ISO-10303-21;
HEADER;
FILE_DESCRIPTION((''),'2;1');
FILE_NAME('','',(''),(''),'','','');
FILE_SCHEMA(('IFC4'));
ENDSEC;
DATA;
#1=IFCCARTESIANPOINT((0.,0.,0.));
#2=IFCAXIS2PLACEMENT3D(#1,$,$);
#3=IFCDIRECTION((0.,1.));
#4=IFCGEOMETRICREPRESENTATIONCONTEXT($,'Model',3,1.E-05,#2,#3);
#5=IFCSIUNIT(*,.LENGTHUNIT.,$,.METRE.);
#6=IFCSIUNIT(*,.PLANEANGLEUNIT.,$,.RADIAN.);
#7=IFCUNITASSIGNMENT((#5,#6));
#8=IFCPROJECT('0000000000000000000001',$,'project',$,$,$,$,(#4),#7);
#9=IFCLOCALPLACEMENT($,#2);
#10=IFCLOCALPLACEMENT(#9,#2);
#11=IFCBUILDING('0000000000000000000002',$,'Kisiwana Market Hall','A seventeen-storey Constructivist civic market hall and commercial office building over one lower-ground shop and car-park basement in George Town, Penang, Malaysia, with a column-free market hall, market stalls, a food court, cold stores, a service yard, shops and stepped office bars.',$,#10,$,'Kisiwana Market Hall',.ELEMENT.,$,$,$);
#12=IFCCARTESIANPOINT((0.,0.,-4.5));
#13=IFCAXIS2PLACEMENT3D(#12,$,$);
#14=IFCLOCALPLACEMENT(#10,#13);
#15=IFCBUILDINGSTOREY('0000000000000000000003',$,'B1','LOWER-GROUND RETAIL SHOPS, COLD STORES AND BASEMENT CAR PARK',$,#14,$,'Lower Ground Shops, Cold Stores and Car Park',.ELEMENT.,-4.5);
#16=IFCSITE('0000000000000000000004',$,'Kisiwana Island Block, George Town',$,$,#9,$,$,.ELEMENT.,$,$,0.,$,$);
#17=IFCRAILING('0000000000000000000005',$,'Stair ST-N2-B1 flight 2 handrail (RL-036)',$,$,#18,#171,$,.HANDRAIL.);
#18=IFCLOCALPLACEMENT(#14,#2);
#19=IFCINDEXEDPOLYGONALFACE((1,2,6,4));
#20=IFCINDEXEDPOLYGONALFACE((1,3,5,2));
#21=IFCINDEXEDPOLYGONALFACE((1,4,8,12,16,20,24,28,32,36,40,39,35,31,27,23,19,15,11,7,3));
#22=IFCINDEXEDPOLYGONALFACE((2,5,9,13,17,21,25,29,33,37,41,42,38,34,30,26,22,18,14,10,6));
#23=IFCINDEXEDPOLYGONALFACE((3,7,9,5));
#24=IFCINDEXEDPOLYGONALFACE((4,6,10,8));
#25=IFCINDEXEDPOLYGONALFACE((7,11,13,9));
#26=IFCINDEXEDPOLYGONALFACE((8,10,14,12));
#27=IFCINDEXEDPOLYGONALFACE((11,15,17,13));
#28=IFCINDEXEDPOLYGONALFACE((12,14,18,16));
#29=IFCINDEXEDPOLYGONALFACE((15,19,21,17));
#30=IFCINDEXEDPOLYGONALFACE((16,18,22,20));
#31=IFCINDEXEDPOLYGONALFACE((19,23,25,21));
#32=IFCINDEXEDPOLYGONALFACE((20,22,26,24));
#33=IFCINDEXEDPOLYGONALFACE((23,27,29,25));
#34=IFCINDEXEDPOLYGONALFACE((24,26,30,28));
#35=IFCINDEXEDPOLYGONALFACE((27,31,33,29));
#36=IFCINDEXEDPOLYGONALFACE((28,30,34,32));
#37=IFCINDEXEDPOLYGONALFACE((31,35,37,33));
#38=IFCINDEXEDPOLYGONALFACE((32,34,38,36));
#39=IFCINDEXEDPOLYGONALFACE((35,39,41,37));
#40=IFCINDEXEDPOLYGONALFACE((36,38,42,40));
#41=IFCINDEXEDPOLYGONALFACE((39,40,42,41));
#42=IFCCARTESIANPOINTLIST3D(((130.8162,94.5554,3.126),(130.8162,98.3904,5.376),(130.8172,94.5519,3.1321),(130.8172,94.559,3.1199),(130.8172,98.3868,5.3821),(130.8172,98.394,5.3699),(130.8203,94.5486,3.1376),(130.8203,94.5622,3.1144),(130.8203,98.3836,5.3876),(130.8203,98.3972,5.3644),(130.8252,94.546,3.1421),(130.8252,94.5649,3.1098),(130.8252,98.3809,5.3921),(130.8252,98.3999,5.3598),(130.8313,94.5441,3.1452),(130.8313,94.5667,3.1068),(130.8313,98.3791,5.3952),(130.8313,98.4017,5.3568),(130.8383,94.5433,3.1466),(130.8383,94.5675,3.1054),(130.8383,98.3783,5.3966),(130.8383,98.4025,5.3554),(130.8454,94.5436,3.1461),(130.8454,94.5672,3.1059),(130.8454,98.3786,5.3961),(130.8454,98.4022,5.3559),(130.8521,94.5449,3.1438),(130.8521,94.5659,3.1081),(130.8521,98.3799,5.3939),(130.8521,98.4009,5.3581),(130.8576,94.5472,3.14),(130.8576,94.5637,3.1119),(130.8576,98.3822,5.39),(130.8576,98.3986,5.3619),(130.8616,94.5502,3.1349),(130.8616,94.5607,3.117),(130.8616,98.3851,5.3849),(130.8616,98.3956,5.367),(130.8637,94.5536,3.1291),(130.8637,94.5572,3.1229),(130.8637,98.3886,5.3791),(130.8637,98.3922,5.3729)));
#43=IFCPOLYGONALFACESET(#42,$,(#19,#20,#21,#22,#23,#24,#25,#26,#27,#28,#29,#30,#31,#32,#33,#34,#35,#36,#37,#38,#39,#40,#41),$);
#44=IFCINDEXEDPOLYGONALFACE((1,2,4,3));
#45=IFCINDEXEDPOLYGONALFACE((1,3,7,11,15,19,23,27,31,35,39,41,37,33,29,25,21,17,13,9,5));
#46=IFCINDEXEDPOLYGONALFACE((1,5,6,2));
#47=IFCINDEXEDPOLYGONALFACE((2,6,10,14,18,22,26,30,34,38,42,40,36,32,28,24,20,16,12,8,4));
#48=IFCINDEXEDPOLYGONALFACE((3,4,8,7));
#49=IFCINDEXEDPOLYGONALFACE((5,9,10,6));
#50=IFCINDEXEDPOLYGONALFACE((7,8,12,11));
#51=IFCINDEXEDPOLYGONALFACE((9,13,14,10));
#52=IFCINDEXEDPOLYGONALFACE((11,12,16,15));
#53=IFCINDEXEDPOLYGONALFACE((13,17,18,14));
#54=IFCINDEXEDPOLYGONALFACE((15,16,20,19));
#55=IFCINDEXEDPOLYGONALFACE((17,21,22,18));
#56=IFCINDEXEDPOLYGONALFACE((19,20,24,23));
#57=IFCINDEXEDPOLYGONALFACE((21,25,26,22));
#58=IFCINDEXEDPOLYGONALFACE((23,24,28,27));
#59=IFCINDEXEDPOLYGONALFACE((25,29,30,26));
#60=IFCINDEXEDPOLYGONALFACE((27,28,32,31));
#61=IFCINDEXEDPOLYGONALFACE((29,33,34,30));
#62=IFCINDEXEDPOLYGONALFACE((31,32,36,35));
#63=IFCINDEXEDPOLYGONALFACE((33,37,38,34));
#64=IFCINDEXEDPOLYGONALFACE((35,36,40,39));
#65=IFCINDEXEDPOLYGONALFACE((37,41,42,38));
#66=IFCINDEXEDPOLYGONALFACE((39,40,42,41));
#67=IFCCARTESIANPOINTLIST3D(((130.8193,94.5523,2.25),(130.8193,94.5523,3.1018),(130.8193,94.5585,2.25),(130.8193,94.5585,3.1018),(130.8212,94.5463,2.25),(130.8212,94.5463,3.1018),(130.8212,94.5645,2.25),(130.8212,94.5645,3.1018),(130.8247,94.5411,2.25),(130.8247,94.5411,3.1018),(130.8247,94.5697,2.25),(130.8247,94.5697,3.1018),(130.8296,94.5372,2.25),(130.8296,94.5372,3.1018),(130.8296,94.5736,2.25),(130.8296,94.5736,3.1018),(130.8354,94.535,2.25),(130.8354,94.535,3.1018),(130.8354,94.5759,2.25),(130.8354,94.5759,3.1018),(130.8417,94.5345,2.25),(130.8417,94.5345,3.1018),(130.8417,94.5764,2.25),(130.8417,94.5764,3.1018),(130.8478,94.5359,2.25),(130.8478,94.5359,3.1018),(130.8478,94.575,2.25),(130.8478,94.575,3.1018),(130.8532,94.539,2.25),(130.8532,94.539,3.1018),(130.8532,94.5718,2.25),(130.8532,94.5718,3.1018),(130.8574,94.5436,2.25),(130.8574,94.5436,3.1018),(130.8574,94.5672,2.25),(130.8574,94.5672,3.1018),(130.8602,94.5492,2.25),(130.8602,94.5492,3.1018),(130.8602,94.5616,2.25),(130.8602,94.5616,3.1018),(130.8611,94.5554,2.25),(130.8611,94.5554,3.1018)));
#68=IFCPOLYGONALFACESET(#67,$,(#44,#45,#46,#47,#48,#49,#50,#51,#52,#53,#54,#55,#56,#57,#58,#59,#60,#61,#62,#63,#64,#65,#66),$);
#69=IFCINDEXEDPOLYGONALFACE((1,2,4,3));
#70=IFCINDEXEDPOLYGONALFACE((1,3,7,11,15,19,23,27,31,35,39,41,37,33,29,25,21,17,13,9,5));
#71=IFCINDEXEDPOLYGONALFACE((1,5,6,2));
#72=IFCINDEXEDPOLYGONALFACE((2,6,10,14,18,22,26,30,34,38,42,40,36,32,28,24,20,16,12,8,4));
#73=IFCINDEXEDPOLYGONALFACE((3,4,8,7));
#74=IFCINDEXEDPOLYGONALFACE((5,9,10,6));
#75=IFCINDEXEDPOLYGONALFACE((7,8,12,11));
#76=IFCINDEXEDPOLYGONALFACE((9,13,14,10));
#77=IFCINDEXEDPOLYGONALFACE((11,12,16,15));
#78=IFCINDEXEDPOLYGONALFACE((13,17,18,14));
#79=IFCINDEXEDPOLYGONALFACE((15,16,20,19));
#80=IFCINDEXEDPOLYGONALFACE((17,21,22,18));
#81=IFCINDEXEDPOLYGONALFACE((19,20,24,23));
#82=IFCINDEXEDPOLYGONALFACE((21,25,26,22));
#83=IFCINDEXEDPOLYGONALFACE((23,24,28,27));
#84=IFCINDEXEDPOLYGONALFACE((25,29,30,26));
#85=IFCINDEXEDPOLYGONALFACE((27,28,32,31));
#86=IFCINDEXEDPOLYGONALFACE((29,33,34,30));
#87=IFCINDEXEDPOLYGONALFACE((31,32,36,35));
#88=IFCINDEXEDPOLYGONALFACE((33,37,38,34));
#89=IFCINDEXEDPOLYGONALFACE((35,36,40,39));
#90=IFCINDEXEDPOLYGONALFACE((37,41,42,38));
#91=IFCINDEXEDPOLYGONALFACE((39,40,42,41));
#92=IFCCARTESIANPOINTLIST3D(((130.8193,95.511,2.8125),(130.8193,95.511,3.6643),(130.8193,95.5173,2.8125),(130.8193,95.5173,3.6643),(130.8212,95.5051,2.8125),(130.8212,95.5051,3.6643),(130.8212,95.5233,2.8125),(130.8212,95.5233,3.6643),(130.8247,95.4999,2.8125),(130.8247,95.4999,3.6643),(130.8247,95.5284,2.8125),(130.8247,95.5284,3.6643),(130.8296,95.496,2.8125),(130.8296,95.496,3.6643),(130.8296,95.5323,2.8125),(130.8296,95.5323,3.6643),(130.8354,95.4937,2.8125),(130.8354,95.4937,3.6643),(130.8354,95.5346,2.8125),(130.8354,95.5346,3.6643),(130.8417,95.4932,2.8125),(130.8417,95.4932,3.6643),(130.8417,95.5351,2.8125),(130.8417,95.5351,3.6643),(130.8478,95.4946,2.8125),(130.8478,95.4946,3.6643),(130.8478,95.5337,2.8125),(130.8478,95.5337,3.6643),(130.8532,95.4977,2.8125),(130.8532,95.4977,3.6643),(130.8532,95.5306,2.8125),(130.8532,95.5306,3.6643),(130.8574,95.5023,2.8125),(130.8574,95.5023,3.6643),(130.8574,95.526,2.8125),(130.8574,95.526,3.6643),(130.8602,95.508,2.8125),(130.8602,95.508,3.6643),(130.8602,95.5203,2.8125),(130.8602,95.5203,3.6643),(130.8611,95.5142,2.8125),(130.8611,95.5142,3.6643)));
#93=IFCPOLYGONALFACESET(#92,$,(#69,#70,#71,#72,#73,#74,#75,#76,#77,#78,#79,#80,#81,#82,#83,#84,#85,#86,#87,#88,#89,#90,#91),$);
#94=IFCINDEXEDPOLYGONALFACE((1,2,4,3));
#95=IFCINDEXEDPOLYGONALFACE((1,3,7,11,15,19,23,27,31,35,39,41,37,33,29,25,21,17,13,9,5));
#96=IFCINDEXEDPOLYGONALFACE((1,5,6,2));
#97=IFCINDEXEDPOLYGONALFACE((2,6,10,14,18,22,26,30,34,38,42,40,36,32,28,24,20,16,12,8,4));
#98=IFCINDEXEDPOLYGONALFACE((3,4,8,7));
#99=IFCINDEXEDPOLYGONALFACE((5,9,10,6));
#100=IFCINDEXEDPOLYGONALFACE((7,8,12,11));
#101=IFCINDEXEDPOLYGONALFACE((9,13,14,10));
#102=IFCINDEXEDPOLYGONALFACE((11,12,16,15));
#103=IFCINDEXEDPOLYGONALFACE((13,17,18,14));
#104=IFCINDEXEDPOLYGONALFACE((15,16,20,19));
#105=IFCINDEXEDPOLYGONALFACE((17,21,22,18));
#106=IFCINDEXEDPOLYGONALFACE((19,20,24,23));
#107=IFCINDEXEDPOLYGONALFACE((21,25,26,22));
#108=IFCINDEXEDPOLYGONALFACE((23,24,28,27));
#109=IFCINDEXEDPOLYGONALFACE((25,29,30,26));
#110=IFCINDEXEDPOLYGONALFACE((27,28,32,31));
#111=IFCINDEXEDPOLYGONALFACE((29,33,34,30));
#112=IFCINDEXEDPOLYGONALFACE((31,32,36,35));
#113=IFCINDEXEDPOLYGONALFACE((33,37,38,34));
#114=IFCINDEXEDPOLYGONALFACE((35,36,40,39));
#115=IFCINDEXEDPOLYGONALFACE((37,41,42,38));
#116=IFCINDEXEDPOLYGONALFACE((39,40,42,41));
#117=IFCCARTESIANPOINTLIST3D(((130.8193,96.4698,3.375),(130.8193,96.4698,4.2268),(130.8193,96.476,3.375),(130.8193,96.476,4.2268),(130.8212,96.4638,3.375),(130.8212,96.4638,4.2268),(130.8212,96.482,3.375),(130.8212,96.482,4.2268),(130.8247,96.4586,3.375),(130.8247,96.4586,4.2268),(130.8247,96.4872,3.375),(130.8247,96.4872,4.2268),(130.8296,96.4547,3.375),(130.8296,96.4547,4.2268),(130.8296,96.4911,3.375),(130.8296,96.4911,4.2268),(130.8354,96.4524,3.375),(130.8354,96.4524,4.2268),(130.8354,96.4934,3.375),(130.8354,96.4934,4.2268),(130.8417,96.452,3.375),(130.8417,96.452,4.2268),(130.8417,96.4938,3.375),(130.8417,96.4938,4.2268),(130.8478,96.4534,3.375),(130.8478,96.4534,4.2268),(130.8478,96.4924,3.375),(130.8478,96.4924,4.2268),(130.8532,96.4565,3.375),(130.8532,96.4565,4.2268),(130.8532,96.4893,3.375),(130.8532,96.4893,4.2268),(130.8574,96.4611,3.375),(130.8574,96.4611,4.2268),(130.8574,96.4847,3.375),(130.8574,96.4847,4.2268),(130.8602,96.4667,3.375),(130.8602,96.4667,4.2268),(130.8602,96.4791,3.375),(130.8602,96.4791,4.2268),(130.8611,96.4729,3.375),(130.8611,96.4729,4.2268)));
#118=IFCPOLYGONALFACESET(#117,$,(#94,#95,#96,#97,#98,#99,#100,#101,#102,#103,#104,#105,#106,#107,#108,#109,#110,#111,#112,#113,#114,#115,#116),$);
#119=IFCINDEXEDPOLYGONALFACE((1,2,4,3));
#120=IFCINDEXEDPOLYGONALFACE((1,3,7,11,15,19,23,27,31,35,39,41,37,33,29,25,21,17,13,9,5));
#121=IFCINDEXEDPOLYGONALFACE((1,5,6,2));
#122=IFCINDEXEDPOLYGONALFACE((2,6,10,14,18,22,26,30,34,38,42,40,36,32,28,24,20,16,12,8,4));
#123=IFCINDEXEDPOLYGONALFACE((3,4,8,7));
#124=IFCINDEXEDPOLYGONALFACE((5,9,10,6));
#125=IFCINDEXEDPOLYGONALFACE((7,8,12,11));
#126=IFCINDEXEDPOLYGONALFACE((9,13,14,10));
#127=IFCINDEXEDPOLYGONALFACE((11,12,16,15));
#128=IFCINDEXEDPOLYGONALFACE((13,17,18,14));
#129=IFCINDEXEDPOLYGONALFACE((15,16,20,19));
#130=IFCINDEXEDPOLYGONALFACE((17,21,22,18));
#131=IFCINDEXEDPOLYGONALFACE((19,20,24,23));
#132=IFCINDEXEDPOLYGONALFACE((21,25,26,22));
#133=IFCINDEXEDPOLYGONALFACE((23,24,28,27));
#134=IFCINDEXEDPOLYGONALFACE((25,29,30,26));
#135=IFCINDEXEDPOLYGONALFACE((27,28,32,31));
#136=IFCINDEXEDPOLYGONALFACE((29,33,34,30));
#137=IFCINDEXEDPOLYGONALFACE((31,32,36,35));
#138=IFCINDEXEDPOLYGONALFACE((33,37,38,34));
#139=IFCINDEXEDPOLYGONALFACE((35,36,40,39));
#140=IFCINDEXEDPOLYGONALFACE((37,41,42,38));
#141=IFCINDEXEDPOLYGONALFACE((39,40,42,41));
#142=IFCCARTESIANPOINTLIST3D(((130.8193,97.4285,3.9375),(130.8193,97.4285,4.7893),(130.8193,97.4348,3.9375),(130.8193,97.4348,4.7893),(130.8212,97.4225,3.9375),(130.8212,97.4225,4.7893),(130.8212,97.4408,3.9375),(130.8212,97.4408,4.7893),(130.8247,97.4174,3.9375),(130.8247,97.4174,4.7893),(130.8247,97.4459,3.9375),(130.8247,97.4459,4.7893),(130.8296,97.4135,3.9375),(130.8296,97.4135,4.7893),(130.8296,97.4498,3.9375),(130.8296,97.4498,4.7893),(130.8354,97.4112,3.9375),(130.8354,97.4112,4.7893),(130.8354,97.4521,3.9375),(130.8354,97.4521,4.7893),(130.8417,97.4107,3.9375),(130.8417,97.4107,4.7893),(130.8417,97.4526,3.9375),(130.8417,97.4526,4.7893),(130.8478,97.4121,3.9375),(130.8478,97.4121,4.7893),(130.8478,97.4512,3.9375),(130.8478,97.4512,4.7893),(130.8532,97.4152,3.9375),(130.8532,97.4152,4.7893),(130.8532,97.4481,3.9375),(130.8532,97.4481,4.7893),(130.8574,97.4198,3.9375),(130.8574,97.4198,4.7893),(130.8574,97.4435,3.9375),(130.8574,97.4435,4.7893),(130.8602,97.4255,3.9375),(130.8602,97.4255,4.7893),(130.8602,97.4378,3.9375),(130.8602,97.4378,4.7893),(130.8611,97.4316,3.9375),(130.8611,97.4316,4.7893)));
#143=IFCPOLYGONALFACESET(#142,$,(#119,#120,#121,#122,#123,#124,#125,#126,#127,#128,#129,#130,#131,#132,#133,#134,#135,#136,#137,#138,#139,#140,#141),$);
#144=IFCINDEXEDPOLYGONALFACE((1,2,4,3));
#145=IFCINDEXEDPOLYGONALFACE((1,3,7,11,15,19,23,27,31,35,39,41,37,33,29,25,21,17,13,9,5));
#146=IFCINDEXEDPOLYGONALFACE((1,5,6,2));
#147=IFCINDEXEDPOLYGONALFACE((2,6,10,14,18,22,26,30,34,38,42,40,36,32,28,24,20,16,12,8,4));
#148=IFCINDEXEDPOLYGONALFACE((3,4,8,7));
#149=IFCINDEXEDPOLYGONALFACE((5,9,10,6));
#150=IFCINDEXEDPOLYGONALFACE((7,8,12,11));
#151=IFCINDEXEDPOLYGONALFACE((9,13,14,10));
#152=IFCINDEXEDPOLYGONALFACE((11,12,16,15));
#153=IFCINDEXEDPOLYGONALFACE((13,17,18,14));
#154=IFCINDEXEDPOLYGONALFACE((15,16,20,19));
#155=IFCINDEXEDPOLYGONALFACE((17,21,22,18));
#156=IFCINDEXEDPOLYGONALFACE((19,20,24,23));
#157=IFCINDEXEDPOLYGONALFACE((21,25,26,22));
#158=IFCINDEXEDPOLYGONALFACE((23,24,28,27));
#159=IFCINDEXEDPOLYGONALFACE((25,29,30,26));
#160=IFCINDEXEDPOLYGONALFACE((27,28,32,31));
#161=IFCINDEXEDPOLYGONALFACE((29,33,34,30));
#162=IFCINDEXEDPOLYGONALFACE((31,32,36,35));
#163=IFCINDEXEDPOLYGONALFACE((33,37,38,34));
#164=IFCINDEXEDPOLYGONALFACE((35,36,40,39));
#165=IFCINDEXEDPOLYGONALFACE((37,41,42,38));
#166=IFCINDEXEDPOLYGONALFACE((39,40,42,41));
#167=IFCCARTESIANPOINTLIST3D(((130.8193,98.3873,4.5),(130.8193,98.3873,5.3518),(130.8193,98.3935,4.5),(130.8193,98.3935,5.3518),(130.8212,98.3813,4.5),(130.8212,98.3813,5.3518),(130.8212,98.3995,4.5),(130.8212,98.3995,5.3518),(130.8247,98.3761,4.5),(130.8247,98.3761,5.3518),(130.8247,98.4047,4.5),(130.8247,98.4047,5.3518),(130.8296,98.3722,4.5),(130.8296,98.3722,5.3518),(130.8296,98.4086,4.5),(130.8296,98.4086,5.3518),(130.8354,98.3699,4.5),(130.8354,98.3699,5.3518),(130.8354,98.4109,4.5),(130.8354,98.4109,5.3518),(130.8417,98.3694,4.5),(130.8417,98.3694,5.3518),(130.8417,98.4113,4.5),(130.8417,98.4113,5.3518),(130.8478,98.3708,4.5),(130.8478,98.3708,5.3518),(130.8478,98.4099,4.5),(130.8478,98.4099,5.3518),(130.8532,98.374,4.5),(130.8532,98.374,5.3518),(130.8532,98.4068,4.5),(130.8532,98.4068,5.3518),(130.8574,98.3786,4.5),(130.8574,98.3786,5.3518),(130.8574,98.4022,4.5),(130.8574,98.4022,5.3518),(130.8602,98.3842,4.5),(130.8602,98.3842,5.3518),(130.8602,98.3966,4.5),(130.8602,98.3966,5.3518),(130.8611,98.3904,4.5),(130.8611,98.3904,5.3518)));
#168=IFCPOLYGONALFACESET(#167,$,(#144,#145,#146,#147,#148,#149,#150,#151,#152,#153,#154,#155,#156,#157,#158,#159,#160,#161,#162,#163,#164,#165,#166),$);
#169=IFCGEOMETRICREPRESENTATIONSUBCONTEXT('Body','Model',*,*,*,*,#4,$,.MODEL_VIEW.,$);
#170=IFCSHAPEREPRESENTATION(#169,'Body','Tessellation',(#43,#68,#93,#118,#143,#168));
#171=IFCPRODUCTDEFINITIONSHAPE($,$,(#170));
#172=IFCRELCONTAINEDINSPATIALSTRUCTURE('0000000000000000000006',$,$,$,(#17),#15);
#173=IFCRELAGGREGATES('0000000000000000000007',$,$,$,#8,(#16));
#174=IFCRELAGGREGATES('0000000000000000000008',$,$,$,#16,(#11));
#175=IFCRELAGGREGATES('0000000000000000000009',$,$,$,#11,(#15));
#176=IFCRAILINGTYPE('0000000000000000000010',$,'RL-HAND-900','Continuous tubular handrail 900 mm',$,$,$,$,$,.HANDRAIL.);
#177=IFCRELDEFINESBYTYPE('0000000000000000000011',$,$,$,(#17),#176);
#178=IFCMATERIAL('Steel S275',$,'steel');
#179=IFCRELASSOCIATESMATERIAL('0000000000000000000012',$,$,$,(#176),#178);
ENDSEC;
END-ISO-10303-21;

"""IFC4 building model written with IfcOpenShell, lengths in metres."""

from ifc_helpers import new_model, si_unit, direction, frame, origin, origin_2d, place, context, subcontext, project, spatial, circle, extrude, material, type_object, element, save


model = new_model("IFC4")

# Units and contexts
model_context = context("Model", 3, precision=1e-05, world=origin(), true_north=direction((0.0, 1.0)))
body_context = subcontext(model_context, "Body", "Model", "MODEL_VIEW")
ifc_project = project(units=[si_unit("LENGTHUNIT", "METRE"), si_unit("PLANEANGLEUNIT", "RADIAN")], contexts=[model_context])

# Site, building, storey
site_placement = place(None, origin())
site = spatial("IfcSite", under=ifc_project, at=site_placement, Name="Kisiwana Island Block, George Town", CompositionType="ELEMENT", RefElevation=0.0)
building_placement = place(site_placement, origin())
building = spatial("IfcBuilding", under=site, at=building_placement, Name="Kisiwana Market Hall", Description="A seventeen-storey Constructivist civic market hall and commercial office building over one lower-ground shop and car-park basement in George Town, Penang, Malaysia, with a column-free market hall, market stalls, a food court, cold stores, a service yard, shops and stepped office bars.", LongName="Kisiwana Market Hall", CompositionType="ELEMENT")
storey_placement = place(building_placement, frame((0.0, 0.0, -4.5)))
storey = spatial("IfcBuildingStorey", under=building, at=storey_placement, Name="B1", Description="LOWER-GROUND RETAIL SHOPS, COLD STORES AND BASEMENT CAR PARK", LongName="Lower Ground Shops, Cold Stores and Car Park", CompositionType="ELEMENT", Elevation=-4.5)

# Railing
ifc_material_1 = material(Name="Steel S275", Category="steel")
railing_type_1 = type_object("IfcRailingType", Name="RL-HAND-900", Description="Continuous tubular handrail 900 mm", PredefinedType="HANDRAIL", material=ifc_material_1)
for number, where, name in (
    (1, (130.8401, 94.5554, 2.25), "Stair ST-N2-B1 flight 2 handrail (RL-036)"),
):
    element("IfcRailing", number, at=place(storey_placement, frame(where)), inside=storey, type_object=railing_type_1, Name=name, PredefinedType="HANDRAIL", context=body_context, shape_type="SweptSolid", body=[
        extrude(circle(Radius=0.0239, at=origin_2d()), frame((0.0, 0.0, 0.876), z_axis=(0.0, 0.86251, 0.506041), x_axis=(-1.0, 0.0, 0.0)), (0.0, 0.0, 1.0), 4.4463),
        extrude(circle(Radius=0.021, at=origin_2d()), origin(), (0.0, 0.0, 1.0), 0.8518),
        extrude(circle(Radius=0.021, at=origin_2d()), frame((0.0, 0.9587, 0.5625)), (0.0, 0.0, 1.0), 0.8518),
        extrude(circle(Radius=0.021, at=origin_2d()), frame((0.0, 1.9175, 1.125)), (0.0, 0.0, 1.0), 0.8518),
        extrude(circle(Radius=0.021, at=origin_2d()), frame((0.0, 2.8762, 1.6875)), (0.0, 0.0, 1.0), 0.8518),
        extrude(circle(Radius=0.021, at=origin_2d()), frame((0.0, 3.835, 2.25)), (0.0, 0.0, 1.0), 0.8518),
    ])

save(model, "model.ifc")
